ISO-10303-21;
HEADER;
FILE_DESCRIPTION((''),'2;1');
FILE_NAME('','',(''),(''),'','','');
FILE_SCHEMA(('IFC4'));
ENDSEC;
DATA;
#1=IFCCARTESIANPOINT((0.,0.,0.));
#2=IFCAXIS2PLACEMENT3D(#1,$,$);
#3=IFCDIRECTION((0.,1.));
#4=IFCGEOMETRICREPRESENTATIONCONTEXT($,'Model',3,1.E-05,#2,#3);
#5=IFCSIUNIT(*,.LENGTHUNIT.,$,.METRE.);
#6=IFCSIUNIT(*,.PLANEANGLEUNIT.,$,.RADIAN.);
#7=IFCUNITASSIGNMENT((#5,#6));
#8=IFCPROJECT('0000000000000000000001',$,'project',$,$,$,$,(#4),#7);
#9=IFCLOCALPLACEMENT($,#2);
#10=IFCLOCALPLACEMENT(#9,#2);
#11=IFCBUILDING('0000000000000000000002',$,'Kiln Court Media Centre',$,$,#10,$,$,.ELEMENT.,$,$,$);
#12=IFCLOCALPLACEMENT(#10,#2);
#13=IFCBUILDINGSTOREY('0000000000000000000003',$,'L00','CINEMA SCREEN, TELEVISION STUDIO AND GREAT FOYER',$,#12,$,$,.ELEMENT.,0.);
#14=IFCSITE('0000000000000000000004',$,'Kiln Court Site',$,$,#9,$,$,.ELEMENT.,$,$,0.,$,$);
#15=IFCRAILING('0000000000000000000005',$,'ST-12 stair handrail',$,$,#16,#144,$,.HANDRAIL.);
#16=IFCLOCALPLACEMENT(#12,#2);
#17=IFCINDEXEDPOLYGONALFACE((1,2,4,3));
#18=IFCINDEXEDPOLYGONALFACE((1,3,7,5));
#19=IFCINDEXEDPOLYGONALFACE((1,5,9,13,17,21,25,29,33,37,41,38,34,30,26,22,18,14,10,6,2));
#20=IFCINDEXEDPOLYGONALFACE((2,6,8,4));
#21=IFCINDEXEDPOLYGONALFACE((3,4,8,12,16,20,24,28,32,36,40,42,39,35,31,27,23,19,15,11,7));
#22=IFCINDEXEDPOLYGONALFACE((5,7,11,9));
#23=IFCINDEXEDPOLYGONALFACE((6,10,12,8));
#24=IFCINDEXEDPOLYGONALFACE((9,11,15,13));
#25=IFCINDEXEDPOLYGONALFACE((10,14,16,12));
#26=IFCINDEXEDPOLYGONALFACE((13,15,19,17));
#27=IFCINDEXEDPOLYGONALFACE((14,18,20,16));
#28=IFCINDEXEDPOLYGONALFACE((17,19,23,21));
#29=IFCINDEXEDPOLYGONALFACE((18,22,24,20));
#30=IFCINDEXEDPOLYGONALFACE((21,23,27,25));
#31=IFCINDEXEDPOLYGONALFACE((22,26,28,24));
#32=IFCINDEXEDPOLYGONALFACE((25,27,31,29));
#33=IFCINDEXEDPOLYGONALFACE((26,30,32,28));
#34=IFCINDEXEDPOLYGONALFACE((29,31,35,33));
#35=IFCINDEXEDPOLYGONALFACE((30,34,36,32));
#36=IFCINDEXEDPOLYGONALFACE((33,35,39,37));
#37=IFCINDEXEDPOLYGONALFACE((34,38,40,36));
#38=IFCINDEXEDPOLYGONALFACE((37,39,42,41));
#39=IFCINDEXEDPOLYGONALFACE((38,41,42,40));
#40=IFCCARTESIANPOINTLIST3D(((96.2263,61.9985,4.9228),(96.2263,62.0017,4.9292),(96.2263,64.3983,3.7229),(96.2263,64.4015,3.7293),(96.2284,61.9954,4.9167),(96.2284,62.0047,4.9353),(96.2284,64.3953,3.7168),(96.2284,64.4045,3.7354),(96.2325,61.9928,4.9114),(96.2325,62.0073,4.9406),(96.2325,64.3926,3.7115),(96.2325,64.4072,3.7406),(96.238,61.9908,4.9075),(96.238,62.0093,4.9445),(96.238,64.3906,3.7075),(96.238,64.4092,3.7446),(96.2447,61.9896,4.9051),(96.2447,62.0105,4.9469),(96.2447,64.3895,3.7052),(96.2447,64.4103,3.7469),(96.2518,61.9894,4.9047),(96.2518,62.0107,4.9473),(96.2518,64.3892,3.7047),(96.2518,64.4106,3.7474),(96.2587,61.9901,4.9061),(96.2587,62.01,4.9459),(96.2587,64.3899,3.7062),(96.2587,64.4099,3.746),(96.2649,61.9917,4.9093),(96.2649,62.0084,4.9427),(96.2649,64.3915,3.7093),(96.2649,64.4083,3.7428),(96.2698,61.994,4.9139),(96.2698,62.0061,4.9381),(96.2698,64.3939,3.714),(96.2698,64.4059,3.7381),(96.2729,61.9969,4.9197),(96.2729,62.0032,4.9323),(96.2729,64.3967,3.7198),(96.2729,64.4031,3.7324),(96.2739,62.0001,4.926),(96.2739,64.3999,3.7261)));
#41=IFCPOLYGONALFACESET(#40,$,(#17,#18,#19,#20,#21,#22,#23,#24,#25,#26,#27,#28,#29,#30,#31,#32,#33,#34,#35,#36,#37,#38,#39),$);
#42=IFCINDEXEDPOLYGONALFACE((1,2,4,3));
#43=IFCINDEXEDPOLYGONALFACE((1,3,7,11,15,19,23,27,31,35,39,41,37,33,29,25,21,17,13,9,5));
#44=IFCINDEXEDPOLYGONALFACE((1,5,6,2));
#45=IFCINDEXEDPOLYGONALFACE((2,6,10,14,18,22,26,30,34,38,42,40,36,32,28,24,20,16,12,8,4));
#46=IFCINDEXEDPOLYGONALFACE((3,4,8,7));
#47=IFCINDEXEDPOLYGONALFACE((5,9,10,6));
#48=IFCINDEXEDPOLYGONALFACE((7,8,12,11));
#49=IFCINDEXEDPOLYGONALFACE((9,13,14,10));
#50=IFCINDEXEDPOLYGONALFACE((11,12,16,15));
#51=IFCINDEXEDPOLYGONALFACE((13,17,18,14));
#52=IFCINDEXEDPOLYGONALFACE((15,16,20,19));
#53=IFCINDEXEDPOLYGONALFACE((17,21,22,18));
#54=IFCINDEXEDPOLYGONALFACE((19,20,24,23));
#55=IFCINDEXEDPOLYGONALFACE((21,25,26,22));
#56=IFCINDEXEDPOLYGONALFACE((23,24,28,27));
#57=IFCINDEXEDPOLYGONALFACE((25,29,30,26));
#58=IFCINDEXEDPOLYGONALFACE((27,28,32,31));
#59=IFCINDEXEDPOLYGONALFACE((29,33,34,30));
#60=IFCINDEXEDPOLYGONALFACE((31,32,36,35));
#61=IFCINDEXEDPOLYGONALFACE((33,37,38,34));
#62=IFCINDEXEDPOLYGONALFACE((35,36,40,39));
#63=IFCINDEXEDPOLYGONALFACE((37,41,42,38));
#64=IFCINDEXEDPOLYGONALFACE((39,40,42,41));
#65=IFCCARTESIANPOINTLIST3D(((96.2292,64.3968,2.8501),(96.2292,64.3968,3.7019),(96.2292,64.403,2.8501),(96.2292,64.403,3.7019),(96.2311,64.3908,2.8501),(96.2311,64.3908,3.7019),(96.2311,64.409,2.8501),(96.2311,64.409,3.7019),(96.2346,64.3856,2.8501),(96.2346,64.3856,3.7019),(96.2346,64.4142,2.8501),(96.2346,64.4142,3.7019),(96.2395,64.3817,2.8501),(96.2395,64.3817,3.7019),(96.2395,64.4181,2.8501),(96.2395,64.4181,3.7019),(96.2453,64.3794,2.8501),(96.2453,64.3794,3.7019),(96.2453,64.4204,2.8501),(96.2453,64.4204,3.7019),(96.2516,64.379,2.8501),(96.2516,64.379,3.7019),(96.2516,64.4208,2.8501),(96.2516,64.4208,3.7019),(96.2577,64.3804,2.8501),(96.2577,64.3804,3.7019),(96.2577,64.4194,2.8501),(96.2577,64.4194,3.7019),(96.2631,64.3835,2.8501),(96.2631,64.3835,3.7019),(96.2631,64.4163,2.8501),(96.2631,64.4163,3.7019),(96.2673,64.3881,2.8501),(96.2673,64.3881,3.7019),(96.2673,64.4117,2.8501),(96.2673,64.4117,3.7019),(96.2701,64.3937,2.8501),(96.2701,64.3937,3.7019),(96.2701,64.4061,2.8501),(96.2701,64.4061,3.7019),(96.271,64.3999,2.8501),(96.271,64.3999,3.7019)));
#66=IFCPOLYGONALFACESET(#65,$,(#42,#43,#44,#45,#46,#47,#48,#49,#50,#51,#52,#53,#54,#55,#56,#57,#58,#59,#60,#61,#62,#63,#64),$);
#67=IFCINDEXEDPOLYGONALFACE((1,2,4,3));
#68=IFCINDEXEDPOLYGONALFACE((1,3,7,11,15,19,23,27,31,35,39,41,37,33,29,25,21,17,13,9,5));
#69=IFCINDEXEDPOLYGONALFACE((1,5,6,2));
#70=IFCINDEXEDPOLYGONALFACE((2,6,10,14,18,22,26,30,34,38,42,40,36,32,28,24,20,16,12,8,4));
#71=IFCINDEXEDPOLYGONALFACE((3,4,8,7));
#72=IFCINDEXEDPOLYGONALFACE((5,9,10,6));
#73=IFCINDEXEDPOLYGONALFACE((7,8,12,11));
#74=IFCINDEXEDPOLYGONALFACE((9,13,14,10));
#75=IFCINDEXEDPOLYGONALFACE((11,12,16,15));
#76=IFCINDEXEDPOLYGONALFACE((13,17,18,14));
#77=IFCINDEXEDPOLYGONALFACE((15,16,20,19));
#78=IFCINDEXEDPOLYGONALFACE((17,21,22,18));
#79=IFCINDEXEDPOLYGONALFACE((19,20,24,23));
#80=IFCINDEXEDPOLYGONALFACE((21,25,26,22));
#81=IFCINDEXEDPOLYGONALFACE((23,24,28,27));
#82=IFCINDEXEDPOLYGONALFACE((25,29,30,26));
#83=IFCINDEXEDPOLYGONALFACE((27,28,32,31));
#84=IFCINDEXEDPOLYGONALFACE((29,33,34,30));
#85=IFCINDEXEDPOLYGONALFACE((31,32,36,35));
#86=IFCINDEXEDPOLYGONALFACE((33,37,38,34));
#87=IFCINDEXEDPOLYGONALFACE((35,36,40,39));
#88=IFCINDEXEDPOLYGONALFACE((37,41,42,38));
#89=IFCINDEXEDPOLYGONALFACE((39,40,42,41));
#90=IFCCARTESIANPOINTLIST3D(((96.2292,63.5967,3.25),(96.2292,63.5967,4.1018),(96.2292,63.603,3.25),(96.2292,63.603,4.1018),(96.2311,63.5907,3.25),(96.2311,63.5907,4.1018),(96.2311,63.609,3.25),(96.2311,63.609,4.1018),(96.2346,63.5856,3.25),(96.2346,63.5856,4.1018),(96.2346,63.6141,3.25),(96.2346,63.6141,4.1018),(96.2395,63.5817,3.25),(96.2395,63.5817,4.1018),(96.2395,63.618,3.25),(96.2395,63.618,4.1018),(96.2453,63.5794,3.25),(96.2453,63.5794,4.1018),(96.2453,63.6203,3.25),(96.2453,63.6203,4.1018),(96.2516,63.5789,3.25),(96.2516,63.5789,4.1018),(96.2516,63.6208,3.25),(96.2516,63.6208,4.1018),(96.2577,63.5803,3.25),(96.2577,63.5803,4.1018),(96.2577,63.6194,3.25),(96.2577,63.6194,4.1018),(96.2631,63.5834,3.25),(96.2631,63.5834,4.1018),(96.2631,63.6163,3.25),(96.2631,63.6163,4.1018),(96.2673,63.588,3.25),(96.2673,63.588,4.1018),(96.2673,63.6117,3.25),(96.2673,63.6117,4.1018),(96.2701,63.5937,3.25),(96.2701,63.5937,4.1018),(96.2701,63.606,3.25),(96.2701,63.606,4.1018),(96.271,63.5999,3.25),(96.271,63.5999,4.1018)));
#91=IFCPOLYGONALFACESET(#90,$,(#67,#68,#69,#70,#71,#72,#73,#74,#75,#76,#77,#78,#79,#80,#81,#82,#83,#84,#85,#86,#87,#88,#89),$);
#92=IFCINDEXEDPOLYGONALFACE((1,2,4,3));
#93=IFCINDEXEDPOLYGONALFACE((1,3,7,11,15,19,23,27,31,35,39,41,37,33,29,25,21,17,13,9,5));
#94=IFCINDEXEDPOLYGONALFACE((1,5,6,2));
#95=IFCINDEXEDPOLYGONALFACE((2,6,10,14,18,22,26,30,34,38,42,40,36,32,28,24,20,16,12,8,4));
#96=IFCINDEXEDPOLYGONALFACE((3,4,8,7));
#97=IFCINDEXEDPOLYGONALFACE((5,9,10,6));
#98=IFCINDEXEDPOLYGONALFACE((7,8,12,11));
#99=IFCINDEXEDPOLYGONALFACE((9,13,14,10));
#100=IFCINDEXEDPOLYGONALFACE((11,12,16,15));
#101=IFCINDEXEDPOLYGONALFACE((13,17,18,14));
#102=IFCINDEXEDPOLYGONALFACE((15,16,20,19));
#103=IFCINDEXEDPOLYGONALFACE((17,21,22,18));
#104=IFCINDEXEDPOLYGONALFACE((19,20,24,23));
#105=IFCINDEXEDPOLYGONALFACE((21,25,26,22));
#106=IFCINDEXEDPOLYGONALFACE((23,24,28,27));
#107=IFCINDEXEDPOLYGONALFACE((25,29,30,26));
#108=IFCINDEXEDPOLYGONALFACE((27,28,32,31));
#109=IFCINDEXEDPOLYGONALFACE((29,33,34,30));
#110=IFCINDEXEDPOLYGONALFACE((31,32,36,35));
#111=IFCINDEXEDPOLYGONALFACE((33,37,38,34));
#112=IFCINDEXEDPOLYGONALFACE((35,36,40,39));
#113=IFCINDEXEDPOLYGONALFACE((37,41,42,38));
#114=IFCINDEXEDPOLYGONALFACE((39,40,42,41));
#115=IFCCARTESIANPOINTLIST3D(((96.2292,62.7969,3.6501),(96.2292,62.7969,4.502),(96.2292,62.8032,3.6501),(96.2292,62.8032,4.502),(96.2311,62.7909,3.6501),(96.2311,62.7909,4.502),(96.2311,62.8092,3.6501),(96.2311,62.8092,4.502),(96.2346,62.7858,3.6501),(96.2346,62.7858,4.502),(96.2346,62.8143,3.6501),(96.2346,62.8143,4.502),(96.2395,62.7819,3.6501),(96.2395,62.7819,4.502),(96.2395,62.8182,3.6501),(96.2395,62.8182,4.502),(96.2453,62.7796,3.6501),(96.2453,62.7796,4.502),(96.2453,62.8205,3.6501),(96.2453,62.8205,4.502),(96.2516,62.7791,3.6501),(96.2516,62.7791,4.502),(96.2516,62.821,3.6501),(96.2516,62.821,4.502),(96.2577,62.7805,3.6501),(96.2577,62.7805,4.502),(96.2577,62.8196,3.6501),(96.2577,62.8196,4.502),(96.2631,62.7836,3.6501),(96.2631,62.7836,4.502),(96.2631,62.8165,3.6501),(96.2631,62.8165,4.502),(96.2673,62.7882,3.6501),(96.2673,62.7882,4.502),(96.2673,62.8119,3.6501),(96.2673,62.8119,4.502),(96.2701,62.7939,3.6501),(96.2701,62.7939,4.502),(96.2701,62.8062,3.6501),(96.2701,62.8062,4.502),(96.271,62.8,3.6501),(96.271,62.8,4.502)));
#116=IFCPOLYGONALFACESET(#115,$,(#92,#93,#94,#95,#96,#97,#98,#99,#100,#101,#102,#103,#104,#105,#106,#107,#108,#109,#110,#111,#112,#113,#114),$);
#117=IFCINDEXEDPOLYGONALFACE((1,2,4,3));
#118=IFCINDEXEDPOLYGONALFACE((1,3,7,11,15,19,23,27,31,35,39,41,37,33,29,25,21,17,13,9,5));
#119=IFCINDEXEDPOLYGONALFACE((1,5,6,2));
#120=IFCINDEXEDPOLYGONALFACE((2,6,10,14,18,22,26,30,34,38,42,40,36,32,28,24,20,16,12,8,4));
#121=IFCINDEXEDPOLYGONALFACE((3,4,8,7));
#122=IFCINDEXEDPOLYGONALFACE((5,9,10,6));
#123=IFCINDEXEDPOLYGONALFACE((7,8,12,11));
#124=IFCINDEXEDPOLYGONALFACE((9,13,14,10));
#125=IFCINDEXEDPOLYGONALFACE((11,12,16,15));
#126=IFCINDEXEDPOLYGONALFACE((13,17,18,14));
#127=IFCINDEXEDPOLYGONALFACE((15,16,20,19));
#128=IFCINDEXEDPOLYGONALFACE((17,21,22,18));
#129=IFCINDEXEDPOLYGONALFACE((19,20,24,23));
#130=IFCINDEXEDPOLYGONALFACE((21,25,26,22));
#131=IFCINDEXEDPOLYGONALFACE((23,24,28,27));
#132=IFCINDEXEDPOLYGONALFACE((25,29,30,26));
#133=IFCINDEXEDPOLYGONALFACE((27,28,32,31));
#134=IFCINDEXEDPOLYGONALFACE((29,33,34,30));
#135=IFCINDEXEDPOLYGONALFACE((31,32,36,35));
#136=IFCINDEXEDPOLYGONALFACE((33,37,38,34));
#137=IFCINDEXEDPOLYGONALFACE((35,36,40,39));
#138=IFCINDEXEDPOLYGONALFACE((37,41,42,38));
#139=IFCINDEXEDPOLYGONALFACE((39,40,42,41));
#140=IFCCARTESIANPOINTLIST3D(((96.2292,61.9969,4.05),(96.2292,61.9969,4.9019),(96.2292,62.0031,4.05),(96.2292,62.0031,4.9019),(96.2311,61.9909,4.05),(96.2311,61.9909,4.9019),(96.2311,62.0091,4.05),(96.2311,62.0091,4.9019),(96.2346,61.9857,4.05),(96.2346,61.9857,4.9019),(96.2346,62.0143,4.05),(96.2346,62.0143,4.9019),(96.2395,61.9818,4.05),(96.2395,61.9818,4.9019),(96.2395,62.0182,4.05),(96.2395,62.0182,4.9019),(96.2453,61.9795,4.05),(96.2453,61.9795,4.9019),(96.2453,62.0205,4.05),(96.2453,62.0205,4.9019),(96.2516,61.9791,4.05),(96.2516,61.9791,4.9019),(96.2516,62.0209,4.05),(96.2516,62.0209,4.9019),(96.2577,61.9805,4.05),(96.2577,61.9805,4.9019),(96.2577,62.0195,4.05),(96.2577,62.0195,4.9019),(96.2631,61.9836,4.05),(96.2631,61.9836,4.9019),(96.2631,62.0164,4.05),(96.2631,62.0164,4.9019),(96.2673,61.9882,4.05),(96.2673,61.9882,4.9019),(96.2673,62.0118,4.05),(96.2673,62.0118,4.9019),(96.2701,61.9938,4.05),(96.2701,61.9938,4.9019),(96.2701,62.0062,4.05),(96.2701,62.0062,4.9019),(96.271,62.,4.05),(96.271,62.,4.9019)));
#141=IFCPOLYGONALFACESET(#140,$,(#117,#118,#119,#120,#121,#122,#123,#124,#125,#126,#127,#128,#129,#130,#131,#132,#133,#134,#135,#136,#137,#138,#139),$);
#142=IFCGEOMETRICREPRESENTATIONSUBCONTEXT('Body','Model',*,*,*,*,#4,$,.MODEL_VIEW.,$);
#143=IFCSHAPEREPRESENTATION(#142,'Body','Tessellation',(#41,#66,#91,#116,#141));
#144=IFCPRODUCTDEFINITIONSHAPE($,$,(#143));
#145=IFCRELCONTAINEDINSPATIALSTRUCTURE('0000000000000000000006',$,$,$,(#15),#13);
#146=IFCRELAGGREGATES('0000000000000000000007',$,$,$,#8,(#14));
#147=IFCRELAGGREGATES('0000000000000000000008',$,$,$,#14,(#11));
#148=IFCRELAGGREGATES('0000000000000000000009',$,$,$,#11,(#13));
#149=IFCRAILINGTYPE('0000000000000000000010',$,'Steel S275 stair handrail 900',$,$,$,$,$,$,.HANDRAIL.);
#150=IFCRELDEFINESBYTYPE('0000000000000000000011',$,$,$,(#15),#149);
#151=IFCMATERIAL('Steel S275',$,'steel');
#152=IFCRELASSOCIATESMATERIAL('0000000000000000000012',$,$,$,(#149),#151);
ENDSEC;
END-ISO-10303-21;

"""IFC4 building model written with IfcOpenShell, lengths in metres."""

from ifc_helpers import new_model, si_unit, direction, frame, origin, origin_2d, place, context, subcontext, project, spatial, circle, extrude, material, type_object, element, save


model = new_model("IFC4")

# Units and contexts
model_context = context("Model", 3, precision=1e-05, world=origin(), true_north=direction((0.0, 1.0)))
body_context = subcontext(model_context, "Body", "Model", "MODEL_VIEW")
ifc_project = project(units=[si_unit("LENGTHUNIT", "METRE"), si_unit("PLANEANGLEUNIT", "RADIAN")], contexts=[model_context])

# Site, building, storey
site_placement = place(None, origin())
site = spatial("IfcSite", under=ifc_project, at=site_placement, Name="Kiln Court Site", CompositionType="ELEMENT", RefElevation=0.0)
building_placement = place(site_placement, origin())
building = spatial("IfcBuilding", under=site, at=building_placement, Name="Kiln Court Media Centre", CompositionType="ELEMENT")
storey_placement = place(building_placement, origin())
storey = spatial("IfcBuildingStorey", under=building, at=storey_placement, Name="L00", Description="CINEMA SCREEN, TELEVISION STUDIO AND GREAT FOYER", CompositionType="ELEMENT", Elevation=0.0)

# Railing
ifc_material_1 = material(Name="Steel S275", Category="steel")
railing_type_1 = type_object("IfcRailingType", Name="Steel S275 stair handrail 900", PredefinedType="HANDRAIL", material=ifc_material_1)
railing_1_placement = place(storey_placement, frame((96.25, 64.3999, 2.8501)))
element("IfcRailing", 1, at=railing_1_placement, inside=storey, type_object=railing_type_1, Name="ST-12 stair handrail", PredefinedType="HANDRAIL", context=body_context, shape_type="SweptSolid", body=[
    extrude(circle(Radius=0.0239, at=origin_2d()), frame((0.0, 0.0, 0.876), z_axis=(0.0, -0.894427, 0.447214), x_axis=(1.0, 0.0, 0.0)), (0.0, 0.0, 1.0), 2.6831),
    extrude(circle(Radius=0.021, at=origin_2d()), origin(), (0.0, 0.0, 1.0), 0.8518),
    extrude(circle(Radius=0.021, at=origin_2d()), frame((0.0, -0.8, 0.3999)), (0.0, 0.0, 1.0), 0.8518),
    extrude(circle(Radius=0.021, at=origin_2d()), frame((0.0, -1.5999, 0.8)), (0.0, 0.0, 1.0), 0.8518),
    extrude(circle(Radius=0.021, at=origin_2d()), frame((0.0, -2.3999, 1.2)), (0.0, 0.0, 1.0), 0.8518),
])

save(model, "model.ifc")
